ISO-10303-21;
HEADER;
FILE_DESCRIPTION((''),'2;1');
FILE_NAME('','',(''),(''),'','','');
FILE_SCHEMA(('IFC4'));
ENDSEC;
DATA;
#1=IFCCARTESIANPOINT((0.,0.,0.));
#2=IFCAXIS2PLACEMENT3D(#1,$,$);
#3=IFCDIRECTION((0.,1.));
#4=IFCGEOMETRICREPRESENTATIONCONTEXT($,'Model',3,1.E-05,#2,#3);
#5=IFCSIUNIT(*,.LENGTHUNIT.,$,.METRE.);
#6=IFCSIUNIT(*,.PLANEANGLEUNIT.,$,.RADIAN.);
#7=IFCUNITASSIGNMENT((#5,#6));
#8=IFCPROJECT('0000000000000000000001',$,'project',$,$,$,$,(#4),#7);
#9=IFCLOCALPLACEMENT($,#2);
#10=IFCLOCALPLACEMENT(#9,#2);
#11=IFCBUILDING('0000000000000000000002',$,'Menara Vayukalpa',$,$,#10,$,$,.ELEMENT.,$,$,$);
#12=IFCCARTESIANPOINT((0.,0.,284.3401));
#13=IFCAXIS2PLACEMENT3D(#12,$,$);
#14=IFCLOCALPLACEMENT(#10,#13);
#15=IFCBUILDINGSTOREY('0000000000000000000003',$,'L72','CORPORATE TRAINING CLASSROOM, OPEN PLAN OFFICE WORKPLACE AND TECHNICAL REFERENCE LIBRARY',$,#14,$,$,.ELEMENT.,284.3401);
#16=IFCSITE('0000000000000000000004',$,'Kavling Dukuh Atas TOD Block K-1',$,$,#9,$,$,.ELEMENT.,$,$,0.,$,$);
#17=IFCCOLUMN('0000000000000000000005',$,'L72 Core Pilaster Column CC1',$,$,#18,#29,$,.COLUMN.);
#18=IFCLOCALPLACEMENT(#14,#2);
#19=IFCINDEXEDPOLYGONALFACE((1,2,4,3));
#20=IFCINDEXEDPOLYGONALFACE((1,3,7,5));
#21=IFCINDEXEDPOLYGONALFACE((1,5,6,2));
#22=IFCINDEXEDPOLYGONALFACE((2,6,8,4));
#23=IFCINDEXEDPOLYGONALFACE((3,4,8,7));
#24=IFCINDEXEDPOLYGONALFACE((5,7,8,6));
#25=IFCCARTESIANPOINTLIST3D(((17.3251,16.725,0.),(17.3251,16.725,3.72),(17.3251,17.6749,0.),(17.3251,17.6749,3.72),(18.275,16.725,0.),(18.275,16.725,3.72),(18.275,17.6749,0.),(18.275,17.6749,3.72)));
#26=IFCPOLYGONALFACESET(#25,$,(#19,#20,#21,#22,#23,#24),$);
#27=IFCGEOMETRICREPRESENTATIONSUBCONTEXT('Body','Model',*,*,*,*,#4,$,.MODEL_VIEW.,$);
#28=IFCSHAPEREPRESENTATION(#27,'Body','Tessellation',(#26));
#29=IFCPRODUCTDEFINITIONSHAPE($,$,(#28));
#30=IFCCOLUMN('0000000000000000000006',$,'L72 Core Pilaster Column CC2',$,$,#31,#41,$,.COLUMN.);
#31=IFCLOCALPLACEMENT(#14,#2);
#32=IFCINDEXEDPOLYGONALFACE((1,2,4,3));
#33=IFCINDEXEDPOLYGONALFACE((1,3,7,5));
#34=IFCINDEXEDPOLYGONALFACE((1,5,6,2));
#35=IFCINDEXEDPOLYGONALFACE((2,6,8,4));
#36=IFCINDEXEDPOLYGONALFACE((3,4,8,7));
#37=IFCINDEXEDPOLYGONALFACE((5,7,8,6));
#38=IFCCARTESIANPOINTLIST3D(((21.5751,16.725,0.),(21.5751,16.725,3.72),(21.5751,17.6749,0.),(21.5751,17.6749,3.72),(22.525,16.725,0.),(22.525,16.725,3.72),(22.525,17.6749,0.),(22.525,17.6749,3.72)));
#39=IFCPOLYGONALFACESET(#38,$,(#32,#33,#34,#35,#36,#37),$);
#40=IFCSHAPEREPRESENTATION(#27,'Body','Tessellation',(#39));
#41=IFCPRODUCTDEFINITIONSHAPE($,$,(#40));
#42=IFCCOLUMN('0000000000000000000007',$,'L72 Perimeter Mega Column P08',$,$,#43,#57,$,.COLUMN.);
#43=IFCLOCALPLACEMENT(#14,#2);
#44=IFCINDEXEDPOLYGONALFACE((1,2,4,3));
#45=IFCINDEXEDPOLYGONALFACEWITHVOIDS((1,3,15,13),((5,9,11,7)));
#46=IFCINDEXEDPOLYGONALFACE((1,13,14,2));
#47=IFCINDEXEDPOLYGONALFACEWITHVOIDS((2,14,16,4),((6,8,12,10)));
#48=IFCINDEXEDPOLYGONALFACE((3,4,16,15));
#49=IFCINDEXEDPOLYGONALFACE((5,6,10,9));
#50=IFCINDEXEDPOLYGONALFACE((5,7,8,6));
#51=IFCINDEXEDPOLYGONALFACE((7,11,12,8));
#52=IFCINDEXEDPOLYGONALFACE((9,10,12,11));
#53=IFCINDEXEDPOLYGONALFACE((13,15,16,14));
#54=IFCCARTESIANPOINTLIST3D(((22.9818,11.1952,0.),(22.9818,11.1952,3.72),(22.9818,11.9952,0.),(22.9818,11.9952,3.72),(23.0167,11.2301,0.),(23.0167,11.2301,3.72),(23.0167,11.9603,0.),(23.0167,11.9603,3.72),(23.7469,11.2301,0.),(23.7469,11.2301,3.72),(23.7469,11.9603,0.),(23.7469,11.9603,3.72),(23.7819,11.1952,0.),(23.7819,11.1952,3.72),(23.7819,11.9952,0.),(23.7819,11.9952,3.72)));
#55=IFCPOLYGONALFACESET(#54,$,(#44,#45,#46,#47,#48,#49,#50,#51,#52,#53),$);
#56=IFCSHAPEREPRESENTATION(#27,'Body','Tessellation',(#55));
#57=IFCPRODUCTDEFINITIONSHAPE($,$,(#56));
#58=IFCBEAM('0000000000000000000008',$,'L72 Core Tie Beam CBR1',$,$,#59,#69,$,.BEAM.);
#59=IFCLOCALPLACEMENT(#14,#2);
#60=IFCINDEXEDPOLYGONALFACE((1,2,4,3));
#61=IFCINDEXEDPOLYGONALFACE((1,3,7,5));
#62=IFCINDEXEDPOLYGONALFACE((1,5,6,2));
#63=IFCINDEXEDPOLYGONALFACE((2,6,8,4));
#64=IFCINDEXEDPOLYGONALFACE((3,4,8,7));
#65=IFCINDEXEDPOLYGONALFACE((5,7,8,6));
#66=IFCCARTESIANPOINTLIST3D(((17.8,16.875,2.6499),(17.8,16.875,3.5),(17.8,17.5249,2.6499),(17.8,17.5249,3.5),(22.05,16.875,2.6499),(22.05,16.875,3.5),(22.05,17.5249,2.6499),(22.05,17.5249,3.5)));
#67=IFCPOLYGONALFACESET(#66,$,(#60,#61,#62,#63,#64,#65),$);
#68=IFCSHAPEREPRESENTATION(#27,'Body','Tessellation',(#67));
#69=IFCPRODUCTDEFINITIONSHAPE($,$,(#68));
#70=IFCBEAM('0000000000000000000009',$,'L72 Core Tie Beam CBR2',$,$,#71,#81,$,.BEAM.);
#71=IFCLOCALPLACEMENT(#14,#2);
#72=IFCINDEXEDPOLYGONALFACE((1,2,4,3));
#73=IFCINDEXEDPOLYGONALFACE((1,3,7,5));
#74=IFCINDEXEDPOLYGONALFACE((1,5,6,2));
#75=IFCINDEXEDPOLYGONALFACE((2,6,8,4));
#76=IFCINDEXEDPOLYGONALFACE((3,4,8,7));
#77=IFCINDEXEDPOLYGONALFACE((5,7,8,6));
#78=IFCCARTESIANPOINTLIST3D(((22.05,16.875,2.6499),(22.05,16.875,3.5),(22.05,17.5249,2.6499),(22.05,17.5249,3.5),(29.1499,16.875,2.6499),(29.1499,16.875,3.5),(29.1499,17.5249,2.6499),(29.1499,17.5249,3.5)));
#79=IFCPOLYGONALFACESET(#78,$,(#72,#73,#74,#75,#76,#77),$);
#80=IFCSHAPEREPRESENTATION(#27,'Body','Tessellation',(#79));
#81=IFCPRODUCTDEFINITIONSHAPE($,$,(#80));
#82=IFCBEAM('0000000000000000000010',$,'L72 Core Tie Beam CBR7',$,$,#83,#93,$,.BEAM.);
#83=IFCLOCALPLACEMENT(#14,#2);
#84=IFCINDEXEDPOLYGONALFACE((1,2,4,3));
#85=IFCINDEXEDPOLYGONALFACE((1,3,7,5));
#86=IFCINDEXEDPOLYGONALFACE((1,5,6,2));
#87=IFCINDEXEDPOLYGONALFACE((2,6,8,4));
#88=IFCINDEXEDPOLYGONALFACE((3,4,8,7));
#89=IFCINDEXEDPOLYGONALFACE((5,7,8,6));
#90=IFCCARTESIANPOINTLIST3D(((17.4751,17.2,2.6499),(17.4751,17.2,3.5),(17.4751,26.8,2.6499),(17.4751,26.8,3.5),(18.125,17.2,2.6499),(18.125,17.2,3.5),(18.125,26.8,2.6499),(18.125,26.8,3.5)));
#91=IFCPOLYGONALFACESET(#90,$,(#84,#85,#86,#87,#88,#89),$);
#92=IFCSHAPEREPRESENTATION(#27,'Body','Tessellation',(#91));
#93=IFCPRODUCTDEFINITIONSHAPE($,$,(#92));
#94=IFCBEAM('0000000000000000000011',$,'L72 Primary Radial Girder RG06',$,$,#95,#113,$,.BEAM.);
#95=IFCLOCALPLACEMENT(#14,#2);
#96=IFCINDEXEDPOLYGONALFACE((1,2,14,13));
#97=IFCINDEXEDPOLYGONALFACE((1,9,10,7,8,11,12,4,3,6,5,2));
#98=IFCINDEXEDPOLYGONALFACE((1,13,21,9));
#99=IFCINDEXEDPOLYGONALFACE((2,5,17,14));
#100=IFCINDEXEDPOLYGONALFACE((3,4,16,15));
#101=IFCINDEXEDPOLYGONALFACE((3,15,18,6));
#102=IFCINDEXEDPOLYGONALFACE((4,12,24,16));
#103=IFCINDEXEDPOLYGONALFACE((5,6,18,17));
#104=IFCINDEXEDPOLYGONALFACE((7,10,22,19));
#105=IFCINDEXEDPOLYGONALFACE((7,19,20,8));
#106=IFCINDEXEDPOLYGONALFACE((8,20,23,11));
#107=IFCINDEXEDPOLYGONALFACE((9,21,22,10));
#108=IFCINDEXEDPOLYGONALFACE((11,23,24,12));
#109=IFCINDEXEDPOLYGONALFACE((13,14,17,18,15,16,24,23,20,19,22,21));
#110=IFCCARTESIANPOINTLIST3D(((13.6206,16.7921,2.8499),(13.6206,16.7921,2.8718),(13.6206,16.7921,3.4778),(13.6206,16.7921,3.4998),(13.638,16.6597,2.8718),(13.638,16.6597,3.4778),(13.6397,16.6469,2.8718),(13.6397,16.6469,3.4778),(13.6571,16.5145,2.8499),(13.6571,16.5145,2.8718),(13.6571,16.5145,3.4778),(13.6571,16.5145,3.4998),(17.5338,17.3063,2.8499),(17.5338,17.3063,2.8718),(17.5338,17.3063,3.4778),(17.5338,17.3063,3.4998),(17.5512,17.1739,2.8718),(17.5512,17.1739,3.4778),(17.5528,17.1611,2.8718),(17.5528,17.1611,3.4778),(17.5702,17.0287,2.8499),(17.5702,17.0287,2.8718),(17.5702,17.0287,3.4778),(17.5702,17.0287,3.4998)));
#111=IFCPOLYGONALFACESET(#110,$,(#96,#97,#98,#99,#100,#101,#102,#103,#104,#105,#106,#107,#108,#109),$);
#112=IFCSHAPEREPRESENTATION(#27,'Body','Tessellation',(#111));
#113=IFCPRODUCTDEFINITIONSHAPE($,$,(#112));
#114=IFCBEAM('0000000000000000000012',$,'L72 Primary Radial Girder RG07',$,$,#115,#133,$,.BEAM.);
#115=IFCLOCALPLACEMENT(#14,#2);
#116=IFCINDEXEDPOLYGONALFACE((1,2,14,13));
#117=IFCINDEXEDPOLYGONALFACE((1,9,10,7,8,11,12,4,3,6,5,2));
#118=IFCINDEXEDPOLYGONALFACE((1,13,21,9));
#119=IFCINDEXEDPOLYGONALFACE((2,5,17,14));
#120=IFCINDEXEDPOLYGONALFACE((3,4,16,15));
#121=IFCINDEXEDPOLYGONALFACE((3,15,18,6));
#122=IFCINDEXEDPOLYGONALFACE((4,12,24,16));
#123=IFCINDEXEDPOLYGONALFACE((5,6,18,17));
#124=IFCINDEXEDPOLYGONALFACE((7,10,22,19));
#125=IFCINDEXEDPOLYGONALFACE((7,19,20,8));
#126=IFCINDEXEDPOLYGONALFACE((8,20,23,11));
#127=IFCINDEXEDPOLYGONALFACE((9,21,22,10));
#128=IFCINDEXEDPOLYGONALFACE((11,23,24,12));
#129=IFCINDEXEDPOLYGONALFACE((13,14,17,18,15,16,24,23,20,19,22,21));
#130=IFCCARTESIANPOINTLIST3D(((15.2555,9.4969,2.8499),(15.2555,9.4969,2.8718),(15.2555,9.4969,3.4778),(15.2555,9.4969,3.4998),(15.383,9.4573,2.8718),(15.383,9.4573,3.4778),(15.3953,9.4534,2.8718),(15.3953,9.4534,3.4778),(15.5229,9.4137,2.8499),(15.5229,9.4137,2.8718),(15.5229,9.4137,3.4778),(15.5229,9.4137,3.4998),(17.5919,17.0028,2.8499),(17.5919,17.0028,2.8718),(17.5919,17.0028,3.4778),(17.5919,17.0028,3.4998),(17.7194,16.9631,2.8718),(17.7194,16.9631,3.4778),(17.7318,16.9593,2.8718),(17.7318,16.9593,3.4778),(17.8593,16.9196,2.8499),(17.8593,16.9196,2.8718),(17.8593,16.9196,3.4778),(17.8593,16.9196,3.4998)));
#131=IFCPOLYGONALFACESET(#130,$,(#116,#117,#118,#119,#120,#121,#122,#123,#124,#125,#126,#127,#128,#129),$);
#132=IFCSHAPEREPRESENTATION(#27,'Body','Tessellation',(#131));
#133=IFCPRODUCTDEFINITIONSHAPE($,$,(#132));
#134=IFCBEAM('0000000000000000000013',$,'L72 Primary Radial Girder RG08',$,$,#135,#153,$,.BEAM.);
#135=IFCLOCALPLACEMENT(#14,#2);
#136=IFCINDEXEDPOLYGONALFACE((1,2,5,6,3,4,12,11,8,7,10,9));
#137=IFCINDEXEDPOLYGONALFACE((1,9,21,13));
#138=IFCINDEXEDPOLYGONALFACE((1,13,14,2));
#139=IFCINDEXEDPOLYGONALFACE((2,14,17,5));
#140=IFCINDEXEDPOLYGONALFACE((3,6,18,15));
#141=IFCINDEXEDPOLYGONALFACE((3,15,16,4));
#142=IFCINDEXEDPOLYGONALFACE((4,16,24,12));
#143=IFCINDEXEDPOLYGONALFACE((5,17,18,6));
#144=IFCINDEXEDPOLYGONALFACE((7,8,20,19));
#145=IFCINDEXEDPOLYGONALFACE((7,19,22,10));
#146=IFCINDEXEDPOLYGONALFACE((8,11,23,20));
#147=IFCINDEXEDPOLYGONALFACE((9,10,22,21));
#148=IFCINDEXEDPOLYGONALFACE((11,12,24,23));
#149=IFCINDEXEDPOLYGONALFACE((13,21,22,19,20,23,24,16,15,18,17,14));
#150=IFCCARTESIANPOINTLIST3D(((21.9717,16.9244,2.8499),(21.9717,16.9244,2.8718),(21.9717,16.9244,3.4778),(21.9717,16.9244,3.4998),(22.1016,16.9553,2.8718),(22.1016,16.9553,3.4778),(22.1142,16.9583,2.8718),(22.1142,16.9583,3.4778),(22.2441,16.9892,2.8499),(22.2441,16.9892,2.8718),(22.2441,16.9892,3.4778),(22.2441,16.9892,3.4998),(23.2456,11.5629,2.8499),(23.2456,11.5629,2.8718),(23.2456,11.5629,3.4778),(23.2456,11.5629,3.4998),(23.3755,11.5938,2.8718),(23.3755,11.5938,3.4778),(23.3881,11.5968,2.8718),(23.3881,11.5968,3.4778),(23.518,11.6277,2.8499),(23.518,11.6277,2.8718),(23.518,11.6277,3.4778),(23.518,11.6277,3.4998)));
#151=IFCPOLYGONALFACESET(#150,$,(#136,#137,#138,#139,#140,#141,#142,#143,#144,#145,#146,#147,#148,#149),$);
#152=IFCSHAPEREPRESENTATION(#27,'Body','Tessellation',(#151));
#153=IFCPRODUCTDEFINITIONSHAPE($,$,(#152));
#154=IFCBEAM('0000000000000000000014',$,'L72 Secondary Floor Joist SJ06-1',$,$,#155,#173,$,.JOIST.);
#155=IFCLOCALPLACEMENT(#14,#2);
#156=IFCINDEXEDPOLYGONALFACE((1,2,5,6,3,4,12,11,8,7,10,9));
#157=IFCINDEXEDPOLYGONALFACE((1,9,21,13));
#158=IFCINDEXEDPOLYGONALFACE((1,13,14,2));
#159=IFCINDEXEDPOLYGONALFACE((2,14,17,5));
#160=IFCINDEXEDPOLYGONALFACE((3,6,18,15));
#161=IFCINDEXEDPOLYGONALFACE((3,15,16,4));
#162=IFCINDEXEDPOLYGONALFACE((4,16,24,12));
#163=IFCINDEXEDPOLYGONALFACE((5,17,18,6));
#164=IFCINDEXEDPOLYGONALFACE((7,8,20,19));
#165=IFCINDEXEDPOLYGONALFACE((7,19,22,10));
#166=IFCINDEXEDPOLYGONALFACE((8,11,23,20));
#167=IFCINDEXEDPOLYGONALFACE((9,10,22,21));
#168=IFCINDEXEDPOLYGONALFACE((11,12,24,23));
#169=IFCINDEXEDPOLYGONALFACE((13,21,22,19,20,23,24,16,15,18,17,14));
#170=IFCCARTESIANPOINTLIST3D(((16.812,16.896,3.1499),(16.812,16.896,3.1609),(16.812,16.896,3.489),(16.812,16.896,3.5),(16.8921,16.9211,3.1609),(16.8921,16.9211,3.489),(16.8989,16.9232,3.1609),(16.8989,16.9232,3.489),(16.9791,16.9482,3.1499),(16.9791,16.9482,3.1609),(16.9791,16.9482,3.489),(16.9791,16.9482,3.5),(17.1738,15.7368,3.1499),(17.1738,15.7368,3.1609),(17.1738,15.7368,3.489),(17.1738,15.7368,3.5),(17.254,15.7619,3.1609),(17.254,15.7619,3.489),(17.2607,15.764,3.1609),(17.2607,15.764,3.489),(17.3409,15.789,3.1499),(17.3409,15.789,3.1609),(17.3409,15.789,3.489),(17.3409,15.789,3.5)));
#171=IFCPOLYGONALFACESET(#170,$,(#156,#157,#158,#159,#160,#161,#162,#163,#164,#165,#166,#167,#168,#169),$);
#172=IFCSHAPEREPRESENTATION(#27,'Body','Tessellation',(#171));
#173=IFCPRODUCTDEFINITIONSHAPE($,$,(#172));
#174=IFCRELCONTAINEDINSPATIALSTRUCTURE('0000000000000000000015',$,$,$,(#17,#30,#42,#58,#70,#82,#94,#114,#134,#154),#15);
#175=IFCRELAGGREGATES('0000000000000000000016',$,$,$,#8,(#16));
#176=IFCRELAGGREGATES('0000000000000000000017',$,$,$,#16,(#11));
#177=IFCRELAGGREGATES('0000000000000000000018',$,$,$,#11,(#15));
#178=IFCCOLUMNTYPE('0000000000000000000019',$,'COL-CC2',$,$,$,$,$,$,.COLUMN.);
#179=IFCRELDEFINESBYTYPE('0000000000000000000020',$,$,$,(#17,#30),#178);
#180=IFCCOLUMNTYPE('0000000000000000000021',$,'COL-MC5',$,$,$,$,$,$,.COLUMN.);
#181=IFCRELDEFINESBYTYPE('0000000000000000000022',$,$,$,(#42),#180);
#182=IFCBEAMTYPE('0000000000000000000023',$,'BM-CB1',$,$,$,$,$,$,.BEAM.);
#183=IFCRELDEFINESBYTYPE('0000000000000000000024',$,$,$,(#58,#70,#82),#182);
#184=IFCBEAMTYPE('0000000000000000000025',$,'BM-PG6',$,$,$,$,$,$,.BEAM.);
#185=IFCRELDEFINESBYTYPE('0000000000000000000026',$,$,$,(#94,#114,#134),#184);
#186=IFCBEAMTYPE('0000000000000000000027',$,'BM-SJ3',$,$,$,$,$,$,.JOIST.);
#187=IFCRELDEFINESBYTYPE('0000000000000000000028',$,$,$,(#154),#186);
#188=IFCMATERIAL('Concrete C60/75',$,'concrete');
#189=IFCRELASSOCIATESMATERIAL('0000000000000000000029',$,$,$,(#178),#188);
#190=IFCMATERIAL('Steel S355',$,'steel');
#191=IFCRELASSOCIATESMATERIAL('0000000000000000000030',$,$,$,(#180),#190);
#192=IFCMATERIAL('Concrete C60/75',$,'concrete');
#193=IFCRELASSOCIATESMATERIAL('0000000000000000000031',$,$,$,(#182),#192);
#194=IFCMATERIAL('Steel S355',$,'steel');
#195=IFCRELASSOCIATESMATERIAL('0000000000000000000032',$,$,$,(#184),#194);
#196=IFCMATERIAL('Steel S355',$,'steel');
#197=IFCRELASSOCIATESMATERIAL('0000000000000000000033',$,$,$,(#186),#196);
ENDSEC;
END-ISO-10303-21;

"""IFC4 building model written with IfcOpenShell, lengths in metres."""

from ifc_helpers import new_model, si_unit, direction, frame, origin, origin_2d, place, context, subcontext, project, spatial, rectangle, hollow_rectangle, i_section, extrude, material, material_profile, profile_set, type_object, element, save


model = new_model("IFC4")

# Units and contexts
model_context = context("Model", 3, precision=1e-05, world=origin(), true_north=direction((0.0, 1.0)))
body_context = subcontext(model_context, "Body", "Model", "MODEL_VIEW")
ifc_project = project(units=[si_unit("LENGTHUNIT", "METRE"), si_unit("PLANEANGLEUNIT", "RADIAN")], contexts=[model_context])

# Site, building, storey
site_placement = place(None, origin())
site = spatial("IfcSite", under=ifc_project, at=site_placement, Name="Kavling Dukuh Atas TOD Block K-1", CompositionType="ELEMENT", RefElevation=0.0)
building_placement = place(site_placement, origin())
building = spatial("IfcBuilding", under=site, at=building_placement, Name="Menara Vayukalpa", CompositionType="ELEMENT")
storey_placement = place(building_placement, frame((0.0, 0.0, 284.3401)))
storey = spatial("IfcBuildingStorey", under=building, at=storey_placement, Name="L72", Description="CORPORATE TRAINING CLASSROOM, OPEN PLAN OFFICE WORKPLACE AND TECHNICAL REFERENCE LIBRARY", CompositionType="ELEMENT", Elevation=284.3401)

# Columns
ifc_material_1 = material(Name="Concrete C60/75", Category="concrete")
ifc_material_profile_1 = material_profile(ifc_material_1, rectangle(XDim=0.95, YDim=0.95, at=origin_2d()), Name="RC 950x950")
ifc_profile_set_1 = profile_set([ifc_material_profile_1], Name="Concrete C60/75")
column_type_1 = type_object("IfcColumnType", Name="COL-CC2", PredefinedType="COLUMN", material=ifc_profile_set_1)
for number, where, z_axis, x_axis, name in (
    (1, (17.8, 17.2, 0.0), (0.0, 0.0, 1.0), (1.0, 0.0, 0.0), "L72 Core Pilaster Column CC1"),
    (2, (22.05, 17.2, 0.0), (0.0, 0.0, 1.0), (1.0, 0.0, 0.0), "L72 Core Pilaster Column CC2"),
):
    element("IfcColumn", number, at=place(storey_placement, frame(where, z_axis=z_axis, x_axis=x_axis)), inside=storey, type_object=column_type_1, Name=name, PredefinedType="COLUMN", context=body_context, shape_type="SweptSolid", body=[
        extrude(rectangle(XDim=0.95, YDim=0.95, at=origin_2d()), origin(), (0.0, 0.0, 1.0), 3.72),
    ])
ifc_material_2 = material(Name="Steel S355", Category="steel")
ifc_material_profile_2 = material_profile(ifc_material_2, hollow_rectangle(XDim=0.8, YDim=0.8, WallThickness=0.0349, at=origin_2d()), Name="BOX 800x800x35")
ifc_profile_set_2 = profile_set([ifc_material_profile_2], Name="Steel S355")
column_type_2 = type_object("IfcColumnType", Name="COL-MC5", PredefinedType="COLUMN", material=ifc_profile_set_2)
column_placement = place(storey_placement, frame((23.3818, 11.5952, 0.0), z_axis=(0.0, 0.0, 1.0), x_axis=(1.0, 0.0, 0.0)))
element("IfcColumn", 3, at=column_placement, inside=storey, type_object=column_type_2, Name="L72 Perimeter Mega Column P08", PredefinedType="COLUMN", context=body_context, shape_type="SweptSolid", body=[
    extrude(hollow_rectangle(XDim=0.8, YDim=0.8, WallThickness=0.0349, at=origin_2d()), origin(), (0.0, 0.0, 1.0), 3.72),
])

# Beams
ifc_material_3 = material(Name="Concrete C60/75", Category="concrete")
ifc_material_profile_3 = material_profile(ifc_material_3, rectangle(XDim=0.6499, YDim=0.8501, at=origin_2d()), Name="RC 650x850")
ifc_profile_set_3 = profile_set([ifc_material_profile_3], Name="Concrete C60/75")
beam_type_1 = type_object("IfcBeamType", Name="BM-CB1", PredefinedType="BEAM", material=ifc_profile_set_3)
beam_1_placement = place(storey_placement, frame((17.8, 17.2, 3.075), z_axis=(1.0, 0.0, 0.0), x_axis=(0.0, 1.0, 0.0)))
element("IfcBeam", 4, at=beam_1_placement, inside=storey, type_object=beam_type_1, Name="L72 Core Tie Beam CBR1", PredefinedType="BEAM", context=body_context, shape_type="SweptSolid", body=[
    extrude(rectangle(XDim=0.6499, YDim=0.8501, at=origin_2d()), origin(), (0.0, 0.0, 1.0), 4.25),
])
beam_2_placement = place(storey_placement, frame((22.05, 17.2, 3.075), z_axis=(1.0, 0.0, 0.0), x_axis=(0.0, 1.0, 0.0)))
element("IfcBeam", 5, at=beam_2_placement, inside=storey, type_object=beam_type_1, Name="L72 Core Tie Beam CBR2", PredefinedType="BEAM", context=body_context, shape_type="SweptSolid", body=[
    extrude(rectangle(XDim=0.6499, YDim=0.8501, at=origin_2d()), origin(), (0.0, 0.0, 1.0), 7.0999),
])
beam_3_placement = place(storey_placement, frame((17.8, 17.2, 3.075), z_axis=(0.0, 1.0, 0.0), x_axis=(-1.0, 0.0, 0.0)))
element("IfcBeam", 6, at=beam_3_placement, inside=storey, type_object=beam_type_1, Name="L72 Core Tie Beam CBR7", PredefinedType="BEAM", context=body_context, shape_type="SweptSolid", body=[
    extrude(rectangle(XDim=0.6499, YDim=0.8501, at=origin_2d()), origin(), (0.0, 0.0, 1.0), 9.6001),
])
ifc_material_4 = material(Name="Steel S355", Category="steel")
ifc_material_profile_4 = material_profile(ifc_material_4, i_section(OverallWidth=0.28, OverallDepth=0.6499, WebThickness=0.0129, FlangeThickness=0.022, at=origin_2d()), Name="WF 650x280x13x22")
ifc_profile_set_4 = profile_set([ifc_material_profile_4], Name="Steel S355")
beam_type_2 = type_object("IfcBeamType", Name="BM-PG6", PredefinedType="BEAM", material=ifc_profile_set_4)
beam_4_placement = place(storey_placement, frame((17.552, 17.1675, 3.1748), z_axis=(-0.991478, -0.130275, 0.0), x_axis=(0.130275, -0.991478, 0.0)))
element("IfcBeam", 7, at=beam_4_placement, inside=storey, type_object=beam_type_2, Name="L72 Primary Radial Girder RG06", PredefinedType="BEAM", context=body_context, shape_type="SweptSolid", body=[
    extrude(i_section(OverallWidth=0.28, OverallDepth=0.6499, WebThickness=0.0129, FlangeThickness=0.022, at=origin_2d()), origin(), (0.0, 0.0, 1.0), 3.9468),
])
beam_5_placement = place(storey_placement, frame((17.7256, 16.9612, 3.1748), z_axis=(-0.297214, -0.954811, 0.0), x_axis=(0.954811, -0.297214, 0.0)))
element("IfcBeam", 8, at=beam_5_placement, inside=storey, type_object=beam_type_2, Name="L72 Primary Radial Girder RG07", PredefinedType="BEAM", context=body_context, shape_type="SweptSolid", body=[
    extrude(i_section(OverallWidth=0.28, OverallDepth=0.6499, WebThickness=0.0129, FlangeThickness=0.022, at=origin_2d()), origin(), (0.0, 0.0, 1.0), 7.8611),
])
beam_6_placement = place(storey_placement, frame((22.1079, 16.9568, 3.1748), z_axis=(0.231167, -0.972914, 0.0), x_axis=(0.972914, 0.231167, 0.0)))
element("IfcBeam", 9, at=beam_6_placement, inside=storey, type_object=beam_type_2, Name="L72 Primary Radial Girder RG08", PredefinedType="BEAM", context=body_context, shape_type="SweptSolid", body=[
    extrude(i_section(OverallWidth=0.28, OverallDepth=0.6499, WebThickness=0.0129, FlangeThickness=0.022, at=origin_2d()), origin(), (0.0, 0.0, 1.0), 5.5107),
])
ifc_material_5 = material(Name="Steel S355", Category="steel")
ifc_material_profile_5 = material_profile(ifc_material_5, i_section(OverallWidth=0.175, OverallDepth=0.3501, WebThickness=0.0071, FlangeThickness=0.011, at=origin_2d()), Name="WF 350x175x7x11")
ifc_profile_set_5 = profile_set([ifc_material_profile_5], Name="Steel S355")
beam_type_3 = type_object("IfcBeamType", Name="BM-SJ3", PredefinedType="JOIST", material=ifc_profile_set_5)
beam_7_placement = place(storey_placement, frame((16.8955, 16.9221, 3.325), z_axis=(0.297954, -0.95458, 0.0), x_axis=(0.95458, 0.297954, 0.0)))
element("IfcBeam", 10, at=beam_7_placement, inside=storey, type_object=beam_type_3, Name="L72 Secondary Floor Joist SJ06-1", PredefinedType="JOIST", context=body_context, shape_type="SweptSolid", body=[
    extrude(i_section(OverallWidth=0.175, OverallDepth=0.3501, WebThickness=0.0071, FlangeThickness=0.011, at=origin_2d()), origin(), (0.0, 0.0, 1.0), 1.2144),
])

save(model, "model.ifc")
